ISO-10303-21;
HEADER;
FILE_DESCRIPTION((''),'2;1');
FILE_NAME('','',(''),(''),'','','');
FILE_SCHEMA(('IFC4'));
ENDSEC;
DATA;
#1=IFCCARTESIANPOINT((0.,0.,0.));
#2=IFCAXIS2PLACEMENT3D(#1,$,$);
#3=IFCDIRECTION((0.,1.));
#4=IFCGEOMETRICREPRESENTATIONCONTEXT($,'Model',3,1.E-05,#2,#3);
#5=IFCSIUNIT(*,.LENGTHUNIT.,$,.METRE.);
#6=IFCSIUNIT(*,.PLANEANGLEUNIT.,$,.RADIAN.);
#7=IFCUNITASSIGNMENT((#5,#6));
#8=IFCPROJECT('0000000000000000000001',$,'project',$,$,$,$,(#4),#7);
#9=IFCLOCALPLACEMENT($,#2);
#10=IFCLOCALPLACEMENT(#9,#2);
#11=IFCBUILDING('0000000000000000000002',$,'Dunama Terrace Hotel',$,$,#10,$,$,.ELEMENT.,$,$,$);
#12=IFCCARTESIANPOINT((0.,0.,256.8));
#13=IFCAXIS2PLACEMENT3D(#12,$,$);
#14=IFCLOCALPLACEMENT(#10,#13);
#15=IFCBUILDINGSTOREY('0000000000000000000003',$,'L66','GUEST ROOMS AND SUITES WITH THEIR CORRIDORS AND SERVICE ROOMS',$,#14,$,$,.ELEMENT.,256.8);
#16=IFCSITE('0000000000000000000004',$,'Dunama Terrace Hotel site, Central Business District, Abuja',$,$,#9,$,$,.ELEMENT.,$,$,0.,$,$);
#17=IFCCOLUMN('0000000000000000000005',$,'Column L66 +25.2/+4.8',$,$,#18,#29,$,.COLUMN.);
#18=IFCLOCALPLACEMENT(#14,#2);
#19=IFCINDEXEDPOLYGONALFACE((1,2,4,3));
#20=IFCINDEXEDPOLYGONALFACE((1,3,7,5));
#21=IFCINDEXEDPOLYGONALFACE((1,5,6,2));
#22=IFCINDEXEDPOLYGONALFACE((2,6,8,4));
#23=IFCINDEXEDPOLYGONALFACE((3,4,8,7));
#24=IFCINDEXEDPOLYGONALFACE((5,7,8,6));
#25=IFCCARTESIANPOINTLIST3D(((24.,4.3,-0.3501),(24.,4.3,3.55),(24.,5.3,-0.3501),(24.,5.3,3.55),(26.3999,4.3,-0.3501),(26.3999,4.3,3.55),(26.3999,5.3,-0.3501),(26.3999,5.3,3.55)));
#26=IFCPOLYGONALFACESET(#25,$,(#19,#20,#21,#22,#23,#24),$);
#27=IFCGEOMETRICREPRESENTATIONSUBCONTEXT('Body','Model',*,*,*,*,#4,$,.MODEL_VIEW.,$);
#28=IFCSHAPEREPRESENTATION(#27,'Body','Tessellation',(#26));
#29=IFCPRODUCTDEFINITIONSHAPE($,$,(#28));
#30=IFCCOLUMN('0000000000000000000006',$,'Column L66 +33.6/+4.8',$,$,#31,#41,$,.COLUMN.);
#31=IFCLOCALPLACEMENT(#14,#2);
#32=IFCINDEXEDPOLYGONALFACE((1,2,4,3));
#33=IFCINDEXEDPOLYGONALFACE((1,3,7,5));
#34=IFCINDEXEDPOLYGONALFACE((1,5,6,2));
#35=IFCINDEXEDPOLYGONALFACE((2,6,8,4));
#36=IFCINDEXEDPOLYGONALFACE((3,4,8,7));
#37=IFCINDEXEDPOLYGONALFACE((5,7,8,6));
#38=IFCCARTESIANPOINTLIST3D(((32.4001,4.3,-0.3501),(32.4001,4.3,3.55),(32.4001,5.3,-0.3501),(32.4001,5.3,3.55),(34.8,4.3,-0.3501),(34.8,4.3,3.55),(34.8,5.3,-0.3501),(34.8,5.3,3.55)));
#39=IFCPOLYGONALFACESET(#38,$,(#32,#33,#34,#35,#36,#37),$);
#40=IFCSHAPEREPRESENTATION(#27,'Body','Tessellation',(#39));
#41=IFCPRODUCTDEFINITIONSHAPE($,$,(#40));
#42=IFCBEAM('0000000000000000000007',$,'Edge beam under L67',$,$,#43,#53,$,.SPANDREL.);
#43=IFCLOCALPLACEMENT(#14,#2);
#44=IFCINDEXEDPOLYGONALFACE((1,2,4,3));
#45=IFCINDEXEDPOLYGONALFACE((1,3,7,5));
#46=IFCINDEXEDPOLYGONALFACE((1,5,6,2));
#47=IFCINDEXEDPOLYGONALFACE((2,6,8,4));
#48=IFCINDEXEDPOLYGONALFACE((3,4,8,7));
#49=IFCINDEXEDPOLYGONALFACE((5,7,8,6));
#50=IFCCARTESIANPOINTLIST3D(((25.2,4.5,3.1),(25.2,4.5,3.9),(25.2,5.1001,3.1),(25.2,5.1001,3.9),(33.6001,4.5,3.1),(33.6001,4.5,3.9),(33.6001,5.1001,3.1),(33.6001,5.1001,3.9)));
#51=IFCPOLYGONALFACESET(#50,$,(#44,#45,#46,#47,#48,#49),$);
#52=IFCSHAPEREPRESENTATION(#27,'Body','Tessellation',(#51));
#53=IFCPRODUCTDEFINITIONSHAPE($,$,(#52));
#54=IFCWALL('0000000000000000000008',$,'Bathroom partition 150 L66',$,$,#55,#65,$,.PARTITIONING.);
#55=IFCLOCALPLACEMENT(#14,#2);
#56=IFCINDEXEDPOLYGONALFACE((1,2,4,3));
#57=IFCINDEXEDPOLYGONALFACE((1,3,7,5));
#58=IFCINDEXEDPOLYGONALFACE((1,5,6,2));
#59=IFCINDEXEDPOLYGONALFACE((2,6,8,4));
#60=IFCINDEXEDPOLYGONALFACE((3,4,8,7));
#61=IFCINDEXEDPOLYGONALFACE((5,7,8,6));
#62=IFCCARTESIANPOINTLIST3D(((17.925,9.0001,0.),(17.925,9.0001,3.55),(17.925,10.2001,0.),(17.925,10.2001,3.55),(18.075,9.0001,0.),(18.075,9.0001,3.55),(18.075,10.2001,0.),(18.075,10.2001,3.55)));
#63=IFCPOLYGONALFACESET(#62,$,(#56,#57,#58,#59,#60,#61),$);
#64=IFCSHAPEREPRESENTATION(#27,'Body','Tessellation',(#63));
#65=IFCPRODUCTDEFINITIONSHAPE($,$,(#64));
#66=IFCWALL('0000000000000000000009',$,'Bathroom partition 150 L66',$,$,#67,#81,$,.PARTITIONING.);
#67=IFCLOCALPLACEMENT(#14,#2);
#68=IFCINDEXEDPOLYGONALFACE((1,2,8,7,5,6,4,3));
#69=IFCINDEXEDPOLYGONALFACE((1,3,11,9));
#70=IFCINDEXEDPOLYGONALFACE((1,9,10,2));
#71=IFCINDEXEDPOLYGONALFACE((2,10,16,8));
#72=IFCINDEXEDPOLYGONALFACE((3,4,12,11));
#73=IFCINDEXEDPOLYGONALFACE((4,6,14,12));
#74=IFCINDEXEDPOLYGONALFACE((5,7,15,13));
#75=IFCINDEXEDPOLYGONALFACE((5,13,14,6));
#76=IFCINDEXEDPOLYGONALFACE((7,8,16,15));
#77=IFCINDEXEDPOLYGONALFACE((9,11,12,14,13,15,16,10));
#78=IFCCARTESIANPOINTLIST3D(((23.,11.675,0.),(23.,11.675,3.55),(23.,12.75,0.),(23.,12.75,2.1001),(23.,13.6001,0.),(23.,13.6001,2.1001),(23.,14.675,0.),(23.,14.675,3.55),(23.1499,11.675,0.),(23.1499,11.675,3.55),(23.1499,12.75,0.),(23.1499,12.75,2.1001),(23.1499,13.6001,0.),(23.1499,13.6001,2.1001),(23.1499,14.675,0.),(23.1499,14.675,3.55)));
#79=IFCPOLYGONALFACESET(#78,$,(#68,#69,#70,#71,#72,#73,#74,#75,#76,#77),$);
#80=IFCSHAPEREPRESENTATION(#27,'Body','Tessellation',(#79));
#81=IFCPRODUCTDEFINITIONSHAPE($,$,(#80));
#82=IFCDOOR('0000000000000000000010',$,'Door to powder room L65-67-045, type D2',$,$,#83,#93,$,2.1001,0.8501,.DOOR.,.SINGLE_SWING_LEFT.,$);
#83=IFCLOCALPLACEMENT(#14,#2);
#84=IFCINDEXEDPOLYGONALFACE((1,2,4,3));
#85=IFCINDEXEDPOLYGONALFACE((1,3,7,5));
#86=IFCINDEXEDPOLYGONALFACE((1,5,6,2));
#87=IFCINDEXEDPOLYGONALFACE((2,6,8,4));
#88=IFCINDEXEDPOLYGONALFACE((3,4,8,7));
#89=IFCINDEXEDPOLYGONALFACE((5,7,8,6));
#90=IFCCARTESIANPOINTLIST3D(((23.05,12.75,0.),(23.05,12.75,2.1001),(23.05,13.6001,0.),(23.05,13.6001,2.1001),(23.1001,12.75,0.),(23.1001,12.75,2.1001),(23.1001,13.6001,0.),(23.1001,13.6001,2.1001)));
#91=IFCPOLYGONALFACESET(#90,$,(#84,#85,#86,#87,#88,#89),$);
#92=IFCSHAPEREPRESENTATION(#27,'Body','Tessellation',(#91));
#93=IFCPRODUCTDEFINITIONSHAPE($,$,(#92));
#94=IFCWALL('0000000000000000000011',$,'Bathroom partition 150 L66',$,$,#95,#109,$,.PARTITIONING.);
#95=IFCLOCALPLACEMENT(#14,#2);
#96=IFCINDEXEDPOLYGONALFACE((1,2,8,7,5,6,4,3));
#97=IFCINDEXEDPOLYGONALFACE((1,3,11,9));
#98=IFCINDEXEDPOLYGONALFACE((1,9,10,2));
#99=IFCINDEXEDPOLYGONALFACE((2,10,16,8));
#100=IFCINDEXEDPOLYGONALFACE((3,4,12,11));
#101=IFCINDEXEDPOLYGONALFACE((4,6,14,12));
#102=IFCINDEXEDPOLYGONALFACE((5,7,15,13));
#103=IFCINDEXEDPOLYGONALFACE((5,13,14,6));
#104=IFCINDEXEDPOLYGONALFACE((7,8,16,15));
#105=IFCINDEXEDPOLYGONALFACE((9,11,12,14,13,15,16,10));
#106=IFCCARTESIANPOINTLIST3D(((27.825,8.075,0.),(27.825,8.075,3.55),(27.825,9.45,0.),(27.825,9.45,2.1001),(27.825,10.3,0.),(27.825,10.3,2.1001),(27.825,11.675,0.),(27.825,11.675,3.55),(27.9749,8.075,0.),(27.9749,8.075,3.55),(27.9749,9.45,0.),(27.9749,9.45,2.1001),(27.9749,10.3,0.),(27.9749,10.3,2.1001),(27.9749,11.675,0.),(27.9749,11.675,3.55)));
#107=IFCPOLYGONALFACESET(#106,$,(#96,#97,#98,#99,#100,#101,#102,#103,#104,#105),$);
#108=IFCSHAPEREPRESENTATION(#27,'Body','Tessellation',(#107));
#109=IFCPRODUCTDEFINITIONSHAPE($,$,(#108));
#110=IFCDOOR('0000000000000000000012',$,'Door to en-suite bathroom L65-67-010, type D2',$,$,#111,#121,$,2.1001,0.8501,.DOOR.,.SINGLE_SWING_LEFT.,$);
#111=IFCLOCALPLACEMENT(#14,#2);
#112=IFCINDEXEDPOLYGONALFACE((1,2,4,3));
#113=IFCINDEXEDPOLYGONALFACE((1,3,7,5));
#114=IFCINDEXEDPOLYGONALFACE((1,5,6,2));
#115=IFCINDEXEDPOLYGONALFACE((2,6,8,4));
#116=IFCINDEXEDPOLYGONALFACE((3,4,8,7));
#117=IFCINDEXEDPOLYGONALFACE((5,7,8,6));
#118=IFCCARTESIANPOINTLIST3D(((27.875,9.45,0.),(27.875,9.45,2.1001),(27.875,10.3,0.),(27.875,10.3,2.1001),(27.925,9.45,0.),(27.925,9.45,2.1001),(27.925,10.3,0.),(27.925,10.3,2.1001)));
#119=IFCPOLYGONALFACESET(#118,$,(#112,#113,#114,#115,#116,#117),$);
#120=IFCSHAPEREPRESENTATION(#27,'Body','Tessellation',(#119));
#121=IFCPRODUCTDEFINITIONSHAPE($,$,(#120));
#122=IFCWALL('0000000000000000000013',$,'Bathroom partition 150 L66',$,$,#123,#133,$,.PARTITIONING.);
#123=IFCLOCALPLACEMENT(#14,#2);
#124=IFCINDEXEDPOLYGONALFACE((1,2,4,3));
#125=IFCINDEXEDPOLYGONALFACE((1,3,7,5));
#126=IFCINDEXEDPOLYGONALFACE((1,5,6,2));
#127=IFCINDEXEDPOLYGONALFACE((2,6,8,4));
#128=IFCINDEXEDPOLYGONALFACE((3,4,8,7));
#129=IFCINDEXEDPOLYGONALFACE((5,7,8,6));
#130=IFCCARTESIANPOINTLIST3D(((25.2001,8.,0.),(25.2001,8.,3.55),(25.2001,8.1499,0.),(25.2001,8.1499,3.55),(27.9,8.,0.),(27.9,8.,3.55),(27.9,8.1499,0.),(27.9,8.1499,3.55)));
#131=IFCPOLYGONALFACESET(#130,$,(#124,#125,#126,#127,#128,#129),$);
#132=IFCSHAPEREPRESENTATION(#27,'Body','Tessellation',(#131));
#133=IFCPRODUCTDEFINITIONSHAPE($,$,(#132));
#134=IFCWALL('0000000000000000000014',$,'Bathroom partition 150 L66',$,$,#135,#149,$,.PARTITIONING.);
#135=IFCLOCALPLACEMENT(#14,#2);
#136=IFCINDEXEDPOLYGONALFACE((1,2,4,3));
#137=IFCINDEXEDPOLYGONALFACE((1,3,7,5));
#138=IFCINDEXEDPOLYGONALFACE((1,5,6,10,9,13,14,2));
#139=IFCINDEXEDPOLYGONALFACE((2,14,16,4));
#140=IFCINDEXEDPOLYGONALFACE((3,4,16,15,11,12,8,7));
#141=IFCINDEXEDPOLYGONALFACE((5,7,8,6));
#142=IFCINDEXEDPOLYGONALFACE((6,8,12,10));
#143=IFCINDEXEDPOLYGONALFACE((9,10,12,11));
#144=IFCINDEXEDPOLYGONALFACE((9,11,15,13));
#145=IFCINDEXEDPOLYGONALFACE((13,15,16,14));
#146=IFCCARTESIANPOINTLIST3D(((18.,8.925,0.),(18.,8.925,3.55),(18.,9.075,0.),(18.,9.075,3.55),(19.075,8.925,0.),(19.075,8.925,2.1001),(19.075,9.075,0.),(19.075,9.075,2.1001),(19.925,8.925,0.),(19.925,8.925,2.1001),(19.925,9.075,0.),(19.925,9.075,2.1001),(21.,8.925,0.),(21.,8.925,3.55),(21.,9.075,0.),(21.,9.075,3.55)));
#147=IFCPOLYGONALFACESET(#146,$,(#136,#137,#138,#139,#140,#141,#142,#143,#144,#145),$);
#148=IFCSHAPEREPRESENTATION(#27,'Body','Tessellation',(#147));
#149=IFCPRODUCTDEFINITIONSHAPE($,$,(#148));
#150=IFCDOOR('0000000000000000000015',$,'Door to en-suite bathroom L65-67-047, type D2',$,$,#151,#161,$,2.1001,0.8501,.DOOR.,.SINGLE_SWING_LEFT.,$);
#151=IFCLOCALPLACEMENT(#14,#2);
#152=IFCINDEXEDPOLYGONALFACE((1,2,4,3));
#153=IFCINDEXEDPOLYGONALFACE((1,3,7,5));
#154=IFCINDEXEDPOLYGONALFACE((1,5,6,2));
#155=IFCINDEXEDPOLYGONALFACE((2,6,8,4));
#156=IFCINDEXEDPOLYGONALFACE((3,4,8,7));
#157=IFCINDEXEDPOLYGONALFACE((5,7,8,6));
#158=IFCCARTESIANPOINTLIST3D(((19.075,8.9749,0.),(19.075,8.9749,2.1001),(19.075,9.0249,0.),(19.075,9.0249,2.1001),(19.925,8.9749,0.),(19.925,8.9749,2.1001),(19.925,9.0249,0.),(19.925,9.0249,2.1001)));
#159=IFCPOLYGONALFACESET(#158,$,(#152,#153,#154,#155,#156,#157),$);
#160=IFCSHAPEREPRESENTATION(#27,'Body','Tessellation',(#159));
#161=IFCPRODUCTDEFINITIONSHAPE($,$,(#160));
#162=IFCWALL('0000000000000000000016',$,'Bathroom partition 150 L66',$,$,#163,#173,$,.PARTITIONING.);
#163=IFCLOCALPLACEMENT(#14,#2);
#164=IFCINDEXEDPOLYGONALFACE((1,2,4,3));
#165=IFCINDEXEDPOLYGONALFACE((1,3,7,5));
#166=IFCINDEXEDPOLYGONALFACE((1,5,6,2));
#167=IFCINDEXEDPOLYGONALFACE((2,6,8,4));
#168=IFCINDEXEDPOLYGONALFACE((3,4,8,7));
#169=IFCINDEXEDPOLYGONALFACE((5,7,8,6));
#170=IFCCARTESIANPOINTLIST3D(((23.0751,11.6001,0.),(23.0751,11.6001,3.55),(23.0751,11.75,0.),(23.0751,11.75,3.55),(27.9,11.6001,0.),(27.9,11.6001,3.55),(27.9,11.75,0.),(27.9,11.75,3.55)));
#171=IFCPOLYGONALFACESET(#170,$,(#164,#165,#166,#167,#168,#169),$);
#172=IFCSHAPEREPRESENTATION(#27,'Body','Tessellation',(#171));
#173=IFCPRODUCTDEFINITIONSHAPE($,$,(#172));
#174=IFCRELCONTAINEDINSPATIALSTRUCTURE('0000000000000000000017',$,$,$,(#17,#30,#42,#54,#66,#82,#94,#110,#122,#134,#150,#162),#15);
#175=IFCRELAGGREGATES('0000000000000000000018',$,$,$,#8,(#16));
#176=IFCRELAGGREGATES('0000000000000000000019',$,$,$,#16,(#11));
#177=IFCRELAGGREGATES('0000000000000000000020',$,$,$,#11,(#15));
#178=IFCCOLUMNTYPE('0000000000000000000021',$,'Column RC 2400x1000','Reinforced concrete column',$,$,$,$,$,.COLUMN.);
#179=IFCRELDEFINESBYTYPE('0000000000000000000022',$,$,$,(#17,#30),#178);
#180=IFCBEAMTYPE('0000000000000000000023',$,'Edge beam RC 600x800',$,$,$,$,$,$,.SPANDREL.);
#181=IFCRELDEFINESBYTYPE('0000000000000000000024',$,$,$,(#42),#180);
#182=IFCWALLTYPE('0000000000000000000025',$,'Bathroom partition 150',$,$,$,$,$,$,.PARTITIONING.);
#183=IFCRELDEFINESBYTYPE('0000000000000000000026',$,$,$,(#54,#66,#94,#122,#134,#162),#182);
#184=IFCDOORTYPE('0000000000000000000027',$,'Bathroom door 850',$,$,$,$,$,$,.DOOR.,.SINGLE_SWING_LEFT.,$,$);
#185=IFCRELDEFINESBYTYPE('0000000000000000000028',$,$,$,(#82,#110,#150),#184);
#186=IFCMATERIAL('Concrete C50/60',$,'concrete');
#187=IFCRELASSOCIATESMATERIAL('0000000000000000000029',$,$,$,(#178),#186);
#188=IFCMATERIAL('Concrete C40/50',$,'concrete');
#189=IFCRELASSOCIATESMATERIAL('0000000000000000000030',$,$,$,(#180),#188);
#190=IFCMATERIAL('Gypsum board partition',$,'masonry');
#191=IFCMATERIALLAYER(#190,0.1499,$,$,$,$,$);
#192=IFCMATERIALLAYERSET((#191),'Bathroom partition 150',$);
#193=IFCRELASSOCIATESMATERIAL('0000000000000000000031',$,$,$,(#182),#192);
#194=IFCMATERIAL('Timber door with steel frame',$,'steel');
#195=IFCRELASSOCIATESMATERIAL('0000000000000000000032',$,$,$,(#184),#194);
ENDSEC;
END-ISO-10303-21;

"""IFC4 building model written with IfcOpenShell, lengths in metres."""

from ifc_helpers import new_model, si_unit, direction, frame, frame_2d, origin, origin_2d, place, context, subcontext, project, spatial, rectangle, extrude, material, layer, layer_set, material_profile, profile_set, type_object, element, fill, save


model = new_model("IFC4")

# Units and contexts
model_context = context("Model", 3, precision=1e-05, world=origin(), true_north=direction((0.0, 1.0)))
body_context = subcontext(model_context, "Body", "Model", "MODEL_VIEW")
ifc_project = project(units=[si_unit("LENGTHUNIT", "METRE"), si_unit("PLANEANGLEUNIT", "RADIAN")], contexts=[model_context])

# Site, building, storey
site_placement = place(None, origin())
site = spatial("IfcSite", under=ifc_project, at=site_placement, Name="Dunama Terrace Hotel site, Central Business District, Abuja", CompositionType="ELEMENT", RefElevation=0.0)
building_placement = place(site_placement, origin())
building = spatial("IfcBuilding", under=site, at=building_placement, Name="Dunama Terrace Hotel", CompositionType="ELEMENT")
storey_placement = place(building_placement, frame((0.0, 0.0, 256.8)))
storey = spatial("IfcBuildingStorey", under=building, at=storey_placement, Name="L66", Description="GUEST ROOMS AND SUITES WITH THEIR CORRIDORS AND SERVICE ROOMS", CompositionType="ELEMENT", Elevation=256.8)

# Columns
ifc_material_1 = material(Name="Concrete C50/60", Category="concrete")
ifc_material_profile_1 = material_profile(ifc_material_1, rectangle(XDim=2.3999, YDim=1.0, at=origin_2d()), Name="RC 2400x1000")
ifc_profile_set_1 = profile_set([ifc_material_profile_1], Name="Concrete C50/60")
column_type = type_object("IfcColumnType", Name="Column RC 2400x1000", Description="Reinforced concrete column", PredefinedType="COLUMN", material=ifc_profile_set_1)
for number, where, z_axis, x_axis, name in (
    (1, (25.2, 4.8, -0.3501), (0.0, 0.0, 1.0), (1.0, 0.0, 0.0), "Column L66 +25.2/+4.8"),
    (2, (33.6001, 4.8, -0.3501), (0.0, 0.0, 1.0), (1.0, 0.0, 0.0), "Column L66 +33.6/+4.8"),
):
    element("IfcColumn", number, at=place(storey_placement, frame(where, z_axis=z_axis, x_axis=x_axis)), inside=storey, type_object=column_type, Name=name, PredefinedType="COLUMN", context=body_context, shape_type="SweptSolid", body=[
        extrude(rectangle(XDim=2.3999, YDim=1.0, at=origin_2d()), origin(), (0.0, 0.0, 1.0), 3.9001),
    ])

# Beam
ifc_material_2 = material(Name="Concrete C40/50", Category="concrete")
ifc_material_profile_2 = material_profile(ifc_material_2, rectangle(XDim=0.6001, YDim=0.8, at=origin_2d()), Name="RC 600x800")
ifc_profile_set_2 = profile_set([ifc_material_profile_2], Name="Concrete C40/50")
beam_type = type_object("IfcBeamType", Name="Edge beam RC 600x800", PredefinedType="SPANDREL", material=ifc_profile_set_2)
beam_placement = place(storey_placement, frame((25.2, 4.8, 3.5), z_axis=(1.0, 0.0, 0.0), x_axis=(0.0, 1.0, 0.0)))
element("IfcBeam", 3, at=beam_placement, inside=storey, type_object=beam_type, Name="Edge beam under L67", PredefinedType="SPANDREL", context=body_context, shape_type="SweptSolid", body=[
    extrude(rectangle(XDim=0.6001, YDim=0.8, at=origin_2d()), origin(), (0.0, 0.0, 1.0), 8.4001),
])

# Wall
ifc_material_3 = material(Name="Gypsum board partition", Category="masonry")
ifc_layer_1 = layer(ifc_material_3, 0.1499)
ifc_layer_set_1 = layer_set([ifc_layer_1], Name="Bathroom partition 150")
wall_type_1 = type_object("IfcWallType", Name="Bathroom partition 150", PredefinedType="PARTITIONING", material=ifc_layer_set_1)
wall_1_placement = place(storey_placement, frame((18.0, 9.0, 0.0), z_axis=(0.0, 0.0, 1.0), x_axis=(0.0, 1.0, 0.0)))
element("IfcWall", 4, at=wall_1_placement, inside=storey, type_object=wall_type_1, Name="Bathroom partition 150 L66", PredefinedType="PARTITIONING", context=body_context, shape_type="SweptSolid", body=[
    extrude(rectangle(XDim=1.2, YDim=0.1499, at=frame_2d((0.6001, 0.0))), origin(), (0.0, 0.0, 1.0), 3.55),
])

# Walls, openings, doors
wall_2_placement = place(storey_placement, frame((23.075, 11.675, 0.0), z_axis=(0.0, 0.0, 1.0), x_axis=(0.0, 1.0, 0.0)))
wall_2 = element("IfcWall", 5, at=wall_2_placement, inside=storey, type_object=wall_type_1, Name="Bathroom partition 150 L66", PredefinedType="PARTITIONING", context=body_context, shape_type="SweptSolid", body=[
    extrude(rectangle(XDim=3.0, YDim=0.1499, at=frame_2d((1.5, 0.0))), origin(), (0.0, 0.0, 1.0), 3.55),
])
opening_1_placement = place(wall_2_placement, frame((1.075, 0.0, 0.0)))
opening_1 = element("IfcOpeningElement", 6, at=opening_1_placement, cuts=wall_2, PredefinedType="OPENING", context=body_context, shape_type="SweptSolid", body=[
    extrude(rectangle(XDim=0.8501, YDim=2.1001, at=frame_2d((0.425, 1.05))), frame((0.0, 0.085, 0.0), z_axis=(0.0, -1.0, 0.0), x_axis=(1.0, 0.0, 0.0)), (0.0, 0.0, 1.0), 0.1699),
])
ifc_material_4 = material(Name="Timber door with steel frame", Category="steel")
door_type = type_object("IfcDoorType", Name="Bathroom door 850", OperationType="SINGLE_SWING_LEFT", PredefinedType="DOOR", material=ifc_material_4)
door_1_placement = place(opening_1_placement, frame((0.8501, 0.0, 0.0), z_axis=(0.0, 0.0, 1.0), x_axis=(-1.0, 0.0, 0.0)))
door_1 = element("IfcDoor", 7, at=door_1_placement, inside=storey, type_object=door_type, Name="Door to powder room L65-67-045, type D2", OperationType="SINGLE_SWING_LEFT", OverallHeight=2.1001, OverallWidth=0.8501, PredefinedType="DOOR", context=body_context, shape_type="SweptSolid", body=[
    extrude(rectangle(XDim=0.8501, YDim=2.1001, at=frame_2d((0.425, 1.05))), frame((0.0, 0.0251, 0.0), z_axis=(0.0, -1.0, 0.0), x_axis=(1.0, 0.0, 0.0)), (0.0, 0.0, 1.0), 0.05),
])
fill(opening_1, door_1)
wall_3_placement = place(storey_placement, frame((27.8999, 8.075, 0.0), z_axis=(0.0, 0.0, 1.0), x_axis=(0.0, 1.0, 0.0)))
wall_3 = element("IfcWall", 8, at=wall_3_placement, inside=storey, type_object=wall_type_1, Name="Bathroom partition 150 L66", PredefinedType="PARTITIONING", context=body_context, shape_type="SweptSolid", body=[
    extrude(rectangle(XDim=3.6001, YDim=0.1499, at=frame_2d((1.8, 0.0))), origin(), (0.0, 0.0, 1.0), 3.55),
])
opening_2_placement = place(wall_3_placement, frame((1.375, 0.0, 0.0)))
opening_2 = element("IfcOpeningElement", 9, at=opening_2_placement, cuts=wall_3, PredefinedType="OPENING", context=body_context, shape_type="SweptSolid", body=[
    extrude(rectangle(XDim=0.8501, YDim=2.1001, at=frame_2d((0.425, 1.05))), frame((0.0, 0.085, 0.0), z_axis=(0.0, -1.0, 0.0), x_axis=(1.0, 0.0, 0.0)), (0.0, 0.0, 1.0), 0.1699),
])
door_2_placement = place(opening_2_placement, origin())
door_2 = element("IfcDoor", 10, at=door_2_placement, inside=storey, type_object=door_type, Name="Door to en-suite bathroom L65-67-010, type D2", OperationType="SINGLE_SWING_LEFT", OverallHeight=2.1001, OverallWidth=0.8501, PredefinedType="DOOR", context=body_context, shape_type="SweptSolid", body=[
    extrude(rectangle(XDim=0.8501, YDim=2.1001, at=frame_2d((0.425, 1.05))), frame((0.0, 0.0249, 0.0), z_axis=(0.0, -1.0, 0.0), x_axis=(1.0, 0.0, 0.0)), (0.0, 0.0, 1.0), 0.05),
])
fill(opening_2, door_2)

# Wall
wall_4_placement = place(storey_placement, frame((25.2, 8.075, 0.0), z_axis=(0.0, 0.0, 1.0), x_axis=(1.0, 0.0, 0.0)))
element("IfcWall", 11, at=wall_4_placement, inside=storey, type_object=wall_type_1, Name="Bathroom partition 150 L66", PredefinedType="PARTITIONING", context=body_context, shape_type="SweptSolid", body=[
    extrude(rectangle(XDim=2.7, YDim=0.1499, at=frame_2d((1.3501, 0.0))), origin(), (0.0, 0.0, 1.0), 3.55),
])

# Wall, opening, door
wall_5_placement = place(storey_placement, frame((18.0, 9.0, 0.0), z_axis=(0.0, 0.0, 1.0), x_axis=(1.0, 0.0, 0.0)))
wall_5 = element("IfcWall", 12, at=wall_5_placement, inside=storey, type_object=wall_type_1, Name="Bathroom partition 150 L66", PredefinedType="PARTITIONING", context=body_context, shape_type="SweptSolid", body=[
    extrude(rectangle(XDim=3.0, YDim=0.1499, at=frame_2d((1.5, 0.0))), origin(), (0.0, 0.0, 1.0), 3.55),
])
opening_3_placement = place(wall_5_placement, frame((1.075, 0.0, 0.0)))
opening_3 = element("IfcOpeningElement", 13, at=opening_3_placement, cuts=wall_5, PredefinedType="OPENING", context=body_context, shape_type="SweptSolid", body=[
    extrude(rectangle(XDim=0.8501, YDim=2.1001, at=frame_2d((0.425, 1.05))), frame((0.0, 0.085, 0.0), z_axis=(0.0, -1.0, 0.0), x_axis=(1.0, 0.0, 0.0)), (0.0, 0.0, 1.0), 0.1699),
])
door_3_placement = place(opening_3_placement, origin())
door_3 = element("IfcDoor", 14, at=door_3_placement, inside=storey, type_object=door_type, Name="Door to en-suite bathroom L65-67-047, type D2", OperationType="SINGLE_SWING_LEFT", OverallHeight=2.1001, OverallWidth=0.8501, PredefinedType="DOOR", context=body_context, shape_type="SweptSolid", body=[
    extrude(rectangle(XDim=0.8501, YDim=2.1001, at=frame_2d((0.425, 1.05))), frame((0.0, 0.0249, 0.0), z_axis=(0.0, -1.0, 0.0), x_axis=(1.0, 0.0, 0.0)), (0.0, 0.0, 1.0), 0.05),
])
fill(opening_3, door_3)

# Wall
wall_6_placement = place(storey_placement, frame((23.075, 11.675, 0.0), z_axis=(0.0, 0.0, 1.0), x_axis=(1.0, 0.0, 0.0)))
element("IfcWall", 15, at=wall_6_placement, inside=storey, type_object=wall_type_1, Name="Bathroom partition 150 L66", PredefinedType="PARTITIONING", context=body_context, shape_type="SweptSolid", body=[
    extrude(rectangle(XDim=4.825, YDim=0.1499, at=frame_2d((2.4126, 0.0))), origin(), (0.0, 0.0, 1.0), 3.55),
])

save(model, "model.ifc")
